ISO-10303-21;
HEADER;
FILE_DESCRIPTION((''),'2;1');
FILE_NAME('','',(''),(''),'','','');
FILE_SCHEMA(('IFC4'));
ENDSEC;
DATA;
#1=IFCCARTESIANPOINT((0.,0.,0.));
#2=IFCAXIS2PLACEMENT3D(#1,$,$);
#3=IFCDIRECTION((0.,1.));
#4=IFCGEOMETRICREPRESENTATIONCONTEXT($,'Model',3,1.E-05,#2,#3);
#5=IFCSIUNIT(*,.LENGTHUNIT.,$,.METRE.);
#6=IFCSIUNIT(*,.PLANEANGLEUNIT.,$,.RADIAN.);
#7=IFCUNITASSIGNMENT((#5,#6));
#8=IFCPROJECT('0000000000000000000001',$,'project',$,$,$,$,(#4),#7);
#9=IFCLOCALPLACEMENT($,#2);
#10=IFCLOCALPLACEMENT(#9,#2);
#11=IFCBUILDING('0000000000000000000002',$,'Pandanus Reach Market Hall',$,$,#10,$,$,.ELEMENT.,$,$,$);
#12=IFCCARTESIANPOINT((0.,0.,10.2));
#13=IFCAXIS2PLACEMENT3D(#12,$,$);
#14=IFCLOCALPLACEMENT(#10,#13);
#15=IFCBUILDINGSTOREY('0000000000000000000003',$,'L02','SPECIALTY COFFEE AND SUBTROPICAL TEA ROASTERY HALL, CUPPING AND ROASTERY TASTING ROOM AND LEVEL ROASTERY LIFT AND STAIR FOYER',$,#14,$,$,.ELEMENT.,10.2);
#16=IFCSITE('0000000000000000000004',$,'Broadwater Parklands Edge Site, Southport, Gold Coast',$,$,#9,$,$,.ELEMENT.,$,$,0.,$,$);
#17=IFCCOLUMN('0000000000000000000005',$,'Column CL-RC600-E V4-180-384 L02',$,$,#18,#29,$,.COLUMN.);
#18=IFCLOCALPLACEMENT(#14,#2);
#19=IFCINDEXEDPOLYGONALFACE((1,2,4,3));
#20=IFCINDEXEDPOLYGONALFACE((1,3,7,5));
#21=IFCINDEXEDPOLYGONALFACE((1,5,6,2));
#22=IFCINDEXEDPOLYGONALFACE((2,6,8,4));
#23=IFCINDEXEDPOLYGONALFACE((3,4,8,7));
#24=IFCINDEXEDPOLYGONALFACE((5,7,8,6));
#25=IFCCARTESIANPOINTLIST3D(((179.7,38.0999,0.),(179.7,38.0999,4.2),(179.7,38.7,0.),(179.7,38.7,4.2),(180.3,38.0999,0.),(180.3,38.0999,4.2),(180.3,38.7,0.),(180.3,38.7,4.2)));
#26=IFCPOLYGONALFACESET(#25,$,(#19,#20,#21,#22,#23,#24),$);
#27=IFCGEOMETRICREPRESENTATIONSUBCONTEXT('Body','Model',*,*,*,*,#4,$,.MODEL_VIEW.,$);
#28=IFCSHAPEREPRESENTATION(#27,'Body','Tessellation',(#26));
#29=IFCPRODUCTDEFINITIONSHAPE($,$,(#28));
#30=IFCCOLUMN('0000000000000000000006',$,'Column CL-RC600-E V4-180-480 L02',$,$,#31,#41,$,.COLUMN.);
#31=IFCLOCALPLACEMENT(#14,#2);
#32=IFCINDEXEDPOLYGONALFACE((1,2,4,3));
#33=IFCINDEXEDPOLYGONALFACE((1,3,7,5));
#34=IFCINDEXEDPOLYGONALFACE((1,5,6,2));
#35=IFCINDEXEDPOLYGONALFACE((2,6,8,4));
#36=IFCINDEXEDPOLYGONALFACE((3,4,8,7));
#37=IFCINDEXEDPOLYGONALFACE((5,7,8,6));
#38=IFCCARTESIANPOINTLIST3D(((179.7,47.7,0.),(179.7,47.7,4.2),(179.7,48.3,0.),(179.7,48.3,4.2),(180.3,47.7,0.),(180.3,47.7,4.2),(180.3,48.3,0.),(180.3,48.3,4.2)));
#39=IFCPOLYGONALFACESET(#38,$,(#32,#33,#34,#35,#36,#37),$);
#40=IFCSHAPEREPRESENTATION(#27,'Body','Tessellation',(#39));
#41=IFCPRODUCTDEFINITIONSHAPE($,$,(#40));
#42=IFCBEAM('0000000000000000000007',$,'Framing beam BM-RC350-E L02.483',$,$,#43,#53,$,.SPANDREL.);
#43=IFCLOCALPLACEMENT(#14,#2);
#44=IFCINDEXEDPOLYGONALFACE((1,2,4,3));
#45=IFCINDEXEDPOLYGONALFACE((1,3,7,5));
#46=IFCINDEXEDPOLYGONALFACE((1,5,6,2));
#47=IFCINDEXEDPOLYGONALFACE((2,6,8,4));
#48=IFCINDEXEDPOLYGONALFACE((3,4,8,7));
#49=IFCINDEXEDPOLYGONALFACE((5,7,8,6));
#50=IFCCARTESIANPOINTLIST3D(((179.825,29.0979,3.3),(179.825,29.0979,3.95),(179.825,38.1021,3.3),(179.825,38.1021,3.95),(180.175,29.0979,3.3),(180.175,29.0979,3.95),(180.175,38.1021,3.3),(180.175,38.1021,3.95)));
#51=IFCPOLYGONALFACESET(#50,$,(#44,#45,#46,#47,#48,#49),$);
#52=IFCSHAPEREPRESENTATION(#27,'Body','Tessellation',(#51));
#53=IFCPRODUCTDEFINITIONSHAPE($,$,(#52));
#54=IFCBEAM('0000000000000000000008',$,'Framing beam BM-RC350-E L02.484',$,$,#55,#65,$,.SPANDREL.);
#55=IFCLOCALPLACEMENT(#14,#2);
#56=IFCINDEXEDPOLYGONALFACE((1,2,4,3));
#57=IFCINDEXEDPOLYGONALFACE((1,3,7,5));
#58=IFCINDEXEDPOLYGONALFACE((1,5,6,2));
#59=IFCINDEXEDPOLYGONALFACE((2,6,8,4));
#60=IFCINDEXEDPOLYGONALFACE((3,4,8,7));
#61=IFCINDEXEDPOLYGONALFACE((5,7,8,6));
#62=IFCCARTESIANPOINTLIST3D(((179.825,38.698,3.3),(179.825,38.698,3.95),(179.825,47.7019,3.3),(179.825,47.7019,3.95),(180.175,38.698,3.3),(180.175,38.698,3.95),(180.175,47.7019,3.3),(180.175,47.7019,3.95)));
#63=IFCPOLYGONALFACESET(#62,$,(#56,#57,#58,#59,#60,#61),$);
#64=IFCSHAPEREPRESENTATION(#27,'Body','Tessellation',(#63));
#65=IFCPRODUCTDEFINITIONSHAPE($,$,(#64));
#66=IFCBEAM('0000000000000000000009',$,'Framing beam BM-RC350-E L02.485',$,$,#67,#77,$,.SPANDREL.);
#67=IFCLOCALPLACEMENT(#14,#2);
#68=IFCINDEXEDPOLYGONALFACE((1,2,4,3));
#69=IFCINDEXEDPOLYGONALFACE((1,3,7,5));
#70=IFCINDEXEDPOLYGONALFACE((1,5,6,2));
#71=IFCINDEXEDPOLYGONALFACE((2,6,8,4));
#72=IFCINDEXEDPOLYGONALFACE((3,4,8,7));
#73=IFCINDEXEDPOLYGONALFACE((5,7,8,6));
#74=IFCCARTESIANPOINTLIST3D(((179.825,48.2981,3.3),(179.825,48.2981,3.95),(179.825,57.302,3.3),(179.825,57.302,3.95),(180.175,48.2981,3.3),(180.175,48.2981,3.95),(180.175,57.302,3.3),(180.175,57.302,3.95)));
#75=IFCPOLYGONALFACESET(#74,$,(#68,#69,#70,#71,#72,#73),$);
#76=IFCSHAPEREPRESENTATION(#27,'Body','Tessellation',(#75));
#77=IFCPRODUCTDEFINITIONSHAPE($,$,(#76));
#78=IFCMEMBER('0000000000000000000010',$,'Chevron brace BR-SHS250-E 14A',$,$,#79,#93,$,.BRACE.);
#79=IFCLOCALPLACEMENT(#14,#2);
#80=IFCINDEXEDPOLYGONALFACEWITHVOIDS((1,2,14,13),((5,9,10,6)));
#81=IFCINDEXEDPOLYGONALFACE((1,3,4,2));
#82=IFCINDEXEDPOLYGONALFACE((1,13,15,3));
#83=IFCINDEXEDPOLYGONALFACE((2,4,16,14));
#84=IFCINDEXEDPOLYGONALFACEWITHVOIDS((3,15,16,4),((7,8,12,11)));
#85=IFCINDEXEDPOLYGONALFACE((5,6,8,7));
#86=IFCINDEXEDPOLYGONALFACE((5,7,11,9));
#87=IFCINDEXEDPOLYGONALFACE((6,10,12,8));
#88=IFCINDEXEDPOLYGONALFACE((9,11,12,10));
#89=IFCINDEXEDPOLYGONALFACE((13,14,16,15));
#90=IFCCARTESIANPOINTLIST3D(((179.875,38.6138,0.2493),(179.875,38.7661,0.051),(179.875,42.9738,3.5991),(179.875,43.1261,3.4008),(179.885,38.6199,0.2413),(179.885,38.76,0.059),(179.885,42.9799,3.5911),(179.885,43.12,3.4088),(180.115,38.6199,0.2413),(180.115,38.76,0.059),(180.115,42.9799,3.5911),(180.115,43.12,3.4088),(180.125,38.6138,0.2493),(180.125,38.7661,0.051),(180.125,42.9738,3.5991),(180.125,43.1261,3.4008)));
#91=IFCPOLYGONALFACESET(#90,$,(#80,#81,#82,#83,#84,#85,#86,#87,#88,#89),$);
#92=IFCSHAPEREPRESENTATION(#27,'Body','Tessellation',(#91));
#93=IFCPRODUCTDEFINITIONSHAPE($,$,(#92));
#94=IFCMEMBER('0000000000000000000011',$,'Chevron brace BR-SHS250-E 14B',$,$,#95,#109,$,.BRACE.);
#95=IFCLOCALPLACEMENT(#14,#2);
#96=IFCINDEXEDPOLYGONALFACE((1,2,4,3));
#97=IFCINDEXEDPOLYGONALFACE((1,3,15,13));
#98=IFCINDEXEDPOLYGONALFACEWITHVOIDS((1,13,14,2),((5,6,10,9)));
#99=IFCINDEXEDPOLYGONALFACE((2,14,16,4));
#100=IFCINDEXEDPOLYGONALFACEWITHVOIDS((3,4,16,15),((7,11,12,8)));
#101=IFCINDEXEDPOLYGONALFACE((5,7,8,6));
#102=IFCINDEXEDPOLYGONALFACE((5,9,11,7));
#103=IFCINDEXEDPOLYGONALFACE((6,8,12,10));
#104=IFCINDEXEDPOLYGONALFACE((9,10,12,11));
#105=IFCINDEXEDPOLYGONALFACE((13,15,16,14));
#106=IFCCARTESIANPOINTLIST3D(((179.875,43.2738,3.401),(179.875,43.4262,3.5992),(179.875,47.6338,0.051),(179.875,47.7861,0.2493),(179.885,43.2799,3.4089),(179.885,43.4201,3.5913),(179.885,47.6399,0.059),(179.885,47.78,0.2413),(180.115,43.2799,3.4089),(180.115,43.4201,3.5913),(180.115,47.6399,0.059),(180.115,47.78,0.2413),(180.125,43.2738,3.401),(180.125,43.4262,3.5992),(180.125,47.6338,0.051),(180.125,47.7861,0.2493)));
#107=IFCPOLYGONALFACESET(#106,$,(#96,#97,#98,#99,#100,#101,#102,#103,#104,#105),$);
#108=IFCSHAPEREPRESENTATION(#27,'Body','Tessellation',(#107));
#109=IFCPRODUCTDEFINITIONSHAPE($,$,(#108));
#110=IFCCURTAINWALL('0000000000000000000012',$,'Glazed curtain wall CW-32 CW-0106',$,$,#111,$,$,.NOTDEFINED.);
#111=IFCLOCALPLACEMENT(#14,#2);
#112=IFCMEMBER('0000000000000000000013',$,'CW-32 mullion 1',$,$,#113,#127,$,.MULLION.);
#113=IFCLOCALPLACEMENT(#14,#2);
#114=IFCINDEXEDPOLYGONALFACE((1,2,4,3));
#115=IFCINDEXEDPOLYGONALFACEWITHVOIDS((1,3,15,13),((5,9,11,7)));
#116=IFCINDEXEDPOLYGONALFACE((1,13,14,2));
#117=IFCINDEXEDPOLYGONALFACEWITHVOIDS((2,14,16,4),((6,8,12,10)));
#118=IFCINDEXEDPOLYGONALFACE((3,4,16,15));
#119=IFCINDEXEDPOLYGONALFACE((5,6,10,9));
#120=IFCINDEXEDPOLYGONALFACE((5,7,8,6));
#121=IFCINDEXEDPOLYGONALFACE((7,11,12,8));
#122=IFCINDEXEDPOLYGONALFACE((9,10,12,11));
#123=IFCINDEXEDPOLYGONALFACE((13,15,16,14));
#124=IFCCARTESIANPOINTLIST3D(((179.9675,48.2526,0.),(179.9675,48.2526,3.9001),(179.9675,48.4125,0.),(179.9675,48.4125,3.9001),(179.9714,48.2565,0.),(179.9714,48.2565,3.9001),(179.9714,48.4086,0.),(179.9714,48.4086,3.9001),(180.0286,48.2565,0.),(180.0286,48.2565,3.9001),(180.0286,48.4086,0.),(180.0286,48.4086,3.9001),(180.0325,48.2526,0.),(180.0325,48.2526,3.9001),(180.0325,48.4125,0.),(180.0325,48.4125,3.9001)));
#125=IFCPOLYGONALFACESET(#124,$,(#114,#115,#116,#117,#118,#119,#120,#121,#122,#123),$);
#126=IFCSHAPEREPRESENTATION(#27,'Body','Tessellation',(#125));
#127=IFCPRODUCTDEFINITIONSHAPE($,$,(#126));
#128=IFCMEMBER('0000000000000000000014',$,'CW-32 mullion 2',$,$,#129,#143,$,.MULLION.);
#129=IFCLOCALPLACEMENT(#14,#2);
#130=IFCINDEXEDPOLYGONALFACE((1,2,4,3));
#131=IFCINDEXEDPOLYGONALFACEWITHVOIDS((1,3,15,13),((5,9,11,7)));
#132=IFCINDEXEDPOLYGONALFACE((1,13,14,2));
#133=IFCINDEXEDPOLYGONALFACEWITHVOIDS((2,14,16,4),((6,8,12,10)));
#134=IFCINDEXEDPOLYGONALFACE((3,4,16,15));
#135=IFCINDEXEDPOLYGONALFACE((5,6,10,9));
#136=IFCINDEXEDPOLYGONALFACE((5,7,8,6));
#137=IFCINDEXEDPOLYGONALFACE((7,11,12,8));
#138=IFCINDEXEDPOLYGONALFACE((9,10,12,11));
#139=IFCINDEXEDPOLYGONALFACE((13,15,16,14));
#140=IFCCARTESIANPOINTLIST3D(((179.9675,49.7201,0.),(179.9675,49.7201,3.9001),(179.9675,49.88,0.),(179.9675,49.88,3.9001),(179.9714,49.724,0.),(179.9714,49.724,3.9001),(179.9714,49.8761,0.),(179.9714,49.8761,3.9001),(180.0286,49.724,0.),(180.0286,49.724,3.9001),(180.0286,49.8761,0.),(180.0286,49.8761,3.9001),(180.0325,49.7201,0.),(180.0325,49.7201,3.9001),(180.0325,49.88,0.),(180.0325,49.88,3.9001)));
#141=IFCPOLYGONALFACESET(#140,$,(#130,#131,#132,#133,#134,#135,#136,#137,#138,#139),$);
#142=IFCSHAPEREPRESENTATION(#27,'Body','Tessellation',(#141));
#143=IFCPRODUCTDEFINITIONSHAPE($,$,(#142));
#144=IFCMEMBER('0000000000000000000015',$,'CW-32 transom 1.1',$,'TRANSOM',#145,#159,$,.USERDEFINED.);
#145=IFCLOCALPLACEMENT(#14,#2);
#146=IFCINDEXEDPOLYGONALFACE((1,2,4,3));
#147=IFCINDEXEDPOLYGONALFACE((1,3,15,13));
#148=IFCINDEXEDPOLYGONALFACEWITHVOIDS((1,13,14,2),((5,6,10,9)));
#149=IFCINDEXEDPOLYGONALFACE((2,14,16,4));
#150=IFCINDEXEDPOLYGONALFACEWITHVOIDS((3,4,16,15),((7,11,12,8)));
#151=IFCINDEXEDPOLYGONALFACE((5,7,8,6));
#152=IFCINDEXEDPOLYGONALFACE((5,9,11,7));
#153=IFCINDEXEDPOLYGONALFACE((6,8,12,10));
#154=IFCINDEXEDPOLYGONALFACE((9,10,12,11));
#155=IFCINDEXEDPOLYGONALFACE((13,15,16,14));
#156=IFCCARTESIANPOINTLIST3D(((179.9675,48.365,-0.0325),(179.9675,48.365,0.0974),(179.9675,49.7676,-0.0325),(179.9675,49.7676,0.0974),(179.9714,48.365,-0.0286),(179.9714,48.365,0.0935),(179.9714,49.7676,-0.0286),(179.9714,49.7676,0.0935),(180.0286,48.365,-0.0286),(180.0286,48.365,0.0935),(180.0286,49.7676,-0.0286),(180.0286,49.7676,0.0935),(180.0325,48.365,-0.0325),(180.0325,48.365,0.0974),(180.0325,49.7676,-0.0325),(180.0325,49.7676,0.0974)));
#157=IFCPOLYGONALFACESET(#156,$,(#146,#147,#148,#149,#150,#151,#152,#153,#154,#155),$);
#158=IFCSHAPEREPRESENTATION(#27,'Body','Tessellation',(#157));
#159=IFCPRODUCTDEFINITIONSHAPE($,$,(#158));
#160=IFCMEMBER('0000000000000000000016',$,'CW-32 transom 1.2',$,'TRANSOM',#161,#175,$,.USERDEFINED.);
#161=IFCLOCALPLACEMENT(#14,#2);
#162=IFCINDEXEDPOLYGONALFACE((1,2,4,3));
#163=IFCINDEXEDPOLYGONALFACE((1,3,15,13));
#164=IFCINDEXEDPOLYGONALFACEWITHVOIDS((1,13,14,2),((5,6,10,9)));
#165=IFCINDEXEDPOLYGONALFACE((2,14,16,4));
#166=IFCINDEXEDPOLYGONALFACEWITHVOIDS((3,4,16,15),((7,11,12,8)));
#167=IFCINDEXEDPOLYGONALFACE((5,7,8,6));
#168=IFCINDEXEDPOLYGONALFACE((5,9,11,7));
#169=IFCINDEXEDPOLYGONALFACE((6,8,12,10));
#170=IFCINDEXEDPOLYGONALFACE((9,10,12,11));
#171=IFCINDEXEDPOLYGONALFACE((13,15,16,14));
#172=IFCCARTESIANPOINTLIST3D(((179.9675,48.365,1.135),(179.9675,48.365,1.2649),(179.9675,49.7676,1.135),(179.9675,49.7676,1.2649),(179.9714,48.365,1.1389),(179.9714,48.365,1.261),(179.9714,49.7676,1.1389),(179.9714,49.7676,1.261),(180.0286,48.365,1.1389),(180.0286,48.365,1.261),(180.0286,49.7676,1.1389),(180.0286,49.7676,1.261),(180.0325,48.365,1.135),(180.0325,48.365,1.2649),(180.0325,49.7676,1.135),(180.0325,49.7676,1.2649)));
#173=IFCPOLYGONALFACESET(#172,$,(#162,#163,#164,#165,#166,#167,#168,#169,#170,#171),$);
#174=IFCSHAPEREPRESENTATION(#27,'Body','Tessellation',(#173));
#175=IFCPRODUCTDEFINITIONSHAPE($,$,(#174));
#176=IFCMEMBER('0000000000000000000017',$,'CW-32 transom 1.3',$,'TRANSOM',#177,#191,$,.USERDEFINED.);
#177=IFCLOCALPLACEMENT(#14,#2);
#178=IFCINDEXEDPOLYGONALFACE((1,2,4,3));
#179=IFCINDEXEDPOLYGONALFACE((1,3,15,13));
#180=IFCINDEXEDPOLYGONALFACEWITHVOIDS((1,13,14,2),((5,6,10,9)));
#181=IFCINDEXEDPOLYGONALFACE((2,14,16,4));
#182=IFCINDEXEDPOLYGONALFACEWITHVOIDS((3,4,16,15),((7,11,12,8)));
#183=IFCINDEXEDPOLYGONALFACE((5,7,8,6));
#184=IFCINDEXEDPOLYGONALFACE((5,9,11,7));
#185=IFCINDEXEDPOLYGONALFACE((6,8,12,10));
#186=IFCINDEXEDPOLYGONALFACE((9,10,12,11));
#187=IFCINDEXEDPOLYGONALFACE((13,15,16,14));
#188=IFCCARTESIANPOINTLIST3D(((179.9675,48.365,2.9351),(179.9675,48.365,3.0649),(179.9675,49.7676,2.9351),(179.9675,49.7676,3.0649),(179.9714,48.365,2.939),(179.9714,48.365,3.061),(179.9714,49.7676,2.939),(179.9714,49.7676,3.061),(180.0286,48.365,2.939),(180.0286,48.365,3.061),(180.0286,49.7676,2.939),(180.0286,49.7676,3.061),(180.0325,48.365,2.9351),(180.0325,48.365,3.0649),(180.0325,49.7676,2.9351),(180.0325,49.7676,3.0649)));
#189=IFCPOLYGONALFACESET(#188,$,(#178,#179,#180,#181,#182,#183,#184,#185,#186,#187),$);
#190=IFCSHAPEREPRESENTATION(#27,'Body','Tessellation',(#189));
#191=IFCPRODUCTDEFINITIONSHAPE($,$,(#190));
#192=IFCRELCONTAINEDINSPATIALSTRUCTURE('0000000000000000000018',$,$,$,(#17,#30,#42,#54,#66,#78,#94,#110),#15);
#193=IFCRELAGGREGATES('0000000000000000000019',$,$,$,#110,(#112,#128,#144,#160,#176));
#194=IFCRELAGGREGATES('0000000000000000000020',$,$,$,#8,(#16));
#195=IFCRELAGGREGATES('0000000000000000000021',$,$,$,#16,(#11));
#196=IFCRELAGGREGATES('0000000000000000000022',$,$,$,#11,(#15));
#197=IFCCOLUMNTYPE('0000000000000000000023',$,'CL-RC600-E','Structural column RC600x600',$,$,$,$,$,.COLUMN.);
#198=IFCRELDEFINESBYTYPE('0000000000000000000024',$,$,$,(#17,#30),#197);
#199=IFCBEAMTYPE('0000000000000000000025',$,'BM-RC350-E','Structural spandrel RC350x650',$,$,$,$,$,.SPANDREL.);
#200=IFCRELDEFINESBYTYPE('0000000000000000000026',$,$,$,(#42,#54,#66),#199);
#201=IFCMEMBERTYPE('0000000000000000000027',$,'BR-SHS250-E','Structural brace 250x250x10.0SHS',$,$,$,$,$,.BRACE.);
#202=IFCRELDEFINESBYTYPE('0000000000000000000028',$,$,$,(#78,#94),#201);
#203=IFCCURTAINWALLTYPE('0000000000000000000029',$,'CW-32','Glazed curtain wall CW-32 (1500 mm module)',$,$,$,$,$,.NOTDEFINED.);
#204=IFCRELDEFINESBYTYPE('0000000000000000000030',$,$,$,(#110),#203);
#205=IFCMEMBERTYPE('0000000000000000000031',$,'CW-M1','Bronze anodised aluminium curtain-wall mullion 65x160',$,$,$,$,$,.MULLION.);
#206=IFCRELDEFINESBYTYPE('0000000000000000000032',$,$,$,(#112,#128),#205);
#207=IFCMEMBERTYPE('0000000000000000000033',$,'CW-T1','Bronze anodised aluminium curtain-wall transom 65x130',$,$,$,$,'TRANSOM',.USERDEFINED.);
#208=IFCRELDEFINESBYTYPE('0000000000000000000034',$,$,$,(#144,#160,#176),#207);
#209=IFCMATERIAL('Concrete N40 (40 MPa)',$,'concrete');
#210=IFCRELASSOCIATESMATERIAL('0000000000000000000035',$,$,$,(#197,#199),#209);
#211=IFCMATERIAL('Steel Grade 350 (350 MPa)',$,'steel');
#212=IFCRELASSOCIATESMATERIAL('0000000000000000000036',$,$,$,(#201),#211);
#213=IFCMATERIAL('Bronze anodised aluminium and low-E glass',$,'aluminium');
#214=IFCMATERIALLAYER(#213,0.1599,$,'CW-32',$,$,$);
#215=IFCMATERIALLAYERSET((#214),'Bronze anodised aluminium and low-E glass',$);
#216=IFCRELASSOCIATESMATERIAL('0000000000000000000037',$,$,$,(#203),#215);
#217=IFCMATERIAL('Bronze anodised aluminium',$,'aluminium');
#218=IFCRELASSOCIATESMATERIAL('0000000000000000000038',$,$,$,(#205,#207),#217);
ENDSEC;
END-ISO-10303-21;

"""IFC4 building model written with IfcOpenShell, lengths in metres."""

from ifc_helpers import new_model, si_unit, direction, frame, origin, origin_2d, place, context, subcontext, project, spatial, rectangle, hollow_rectangle, extrude, material, layer, layer_set, material_profile, profile_set, type_object, element, aggregate, save


model = new_model("IFC4")

# Units and contexts
model_context = context("Model", 3, precision=1e-05, world=origin(), true_north=direction((0.0, 1.0)))
body_context = subcontext(model_context, "Body", "Model", "MODEL_VIEW")
ifc_project = project(units=[si_unit("LENGTHUNIT", "METRE"), si_unit("PLANEANGLEUNIT", "RADIAN")], contexts=[model_context])

# Site, building, storey
site_placement = place(None, origin())
site = spatial("IfcSite", under=ifc_project, at=site_placement, Name="Broadwater Parklands Edge Site, Southport, Gold Coast", CompositionType="ELEMENT", RefElevation=0.0)
building_placement = place(site_placement, origin())
building = spatial("IfcBuilding", under=site, at=building_placement, Name="Pandanus Reach Market Hall", CompositionType="ELEMENT")
storey_placement = place(building_placement, frame((0.0, 0.0, 10.2)))
storey = spatial("IfcBuildingStorey", under=building, at=storey_placement, Name="L02", Description="SPECIALTY COFFEE AND SUBTROPICAL TEA ROASTERY HALL, CUPPING AND ROASTERY TASTING ROOM AND LEVEL ROASTERY LIFT AND STAIR FOYER", CompositionType="ELEMENT", Elevation=10.2)

# Columns
ifc_material_1 = material(Name="Concrete N40 (40 MPa)", Category="concrete")
ifc_material_profile_1 = material_profile(ifc_material_1, rectangle(XDim=0.6001, YDim=0.6001, at=origin_2d()), Name="RC600x600", Category="LoadBearing")
ifc_profile_set_1 = profile_set([ifc_material_profile_1], Name="Concrete N40 (40 MPa)")
column_type = type_object("IfcColumnType", Name="CL-RC600-E", Description="Structural column RC600x600", PredefinedType="COLUMN", material=ifc_profile_set_1)
for number, where, z_axis, x_axis, name in (
    (1, (180.0, 38.3999, 0.0), (0.0, 0.0, 1.0), (1.0, 0.0, 0.0), "Column CL-RC600-E V4-180-384 L02"),
    (2, (180.0, 48.0, 0.0), (0.0, 0.0, 1.0), (1.0, 0.0, 0.0), "Column CL-RC600-E V4-180-480 L02"),
):
    element("IfcColumn", number, at=place(storey_placement, frame(where, z_axis=z_axis, x_axis=x_axis)), inside=storey, type_object=column_type, Name=name, PredefinedType="COLUMN", context=body_context, shape_type="SweptSolid", body=[
        extrude(rectangle(XDim=0.6001, YDim=0.6001, at=origin_2d()), origin(), (0.0, 0.0, 1.0), 4.2),
    ])

# Beams
ifc_material_profile_2 = material_profile(ifc_material_1, rectangle(XDim=0.3501, YDim=0.6499, at=origin_2d()), Name="RC350x650", Category="LoadBearing")
ifc_profile_set_2 = profile_set([ifc_material_profile_2], Name="Concrete N40 (40 MPa)")
beam_type = type_object("IfcBeamType", Name="BM-RC350-E", Description="Structural spandrel RC350x650", PredefinedType="SPANDREL", material=ifc_profile_set_2)
beam_placement = place(storey_placement, frame((180.0, 29.0979, 3.625), z_axis=(0.0, 1.0, 0.0), x_axis=(-1.0, 0.0, 0.0)))
element("IfcBeam", 3, at=beam_placement, inside=storey, type_object=beam_type, Name="Framing beam BM-RC350-E L02.483", PredefinedType="SPANDREL", context=body_context, shape_type="SweptSolid", body=[
    extrude(rectangle(XDim=0.3501, YDim=0.6499, at=origin_2d()), origin(), (0.0, 0.0, 1.0), 9.0042),
])
for number, where, z_axis, x_axis, name in (
    (4, (180.0, 38.698, 3.625), (0.0, 1.0, 0.0), (-1.0, 0.0, 0.0), "Framing beam BM-RC350-E L02.484"),
    (5, (180.0, 48.2981, 3.625), (0.0, 1.0, 0.0), (-1.0, 0.0, 0.0), "Framing beam BM-RC350-E L02.485"),
):
    element("IfcBeam", number, at=place(storey_placement, frame(where, z_axis=z_axis, x_axis=x_axis)), inside=storey, type_object=beam_type, Name=name, PredefinedType="SPANDREL", context=body_context, shape_type="SweptSolid", body=[
        extrude(rectangle(XDim=0.3501, YDim=0.6499, at=origin_2d()), origin(), (0.0, 0.0, 1.0), 9.0039),
    ])

# Members
ifc_material_2 = material(Name="Steel Grade 350 (350 MPa)", Category="steel")
ifc_material_profile_3 = material_profile(ifc_material_2, hollow_rectangle(XDim=0.25, YDim=0.25, WallThickness=0.01, at=origin_2d()), Name="250x250x10.0SHS", Category="LoadBearing")
ifc_profile_set_3 = profile_set([ifc_material_profile_3], Name="Steel Grade 350 (350 MPa)")
member_type_1 = type_object("IfcMemberType", Name="BR-SHS250-E", Description="Structural brace 250x250x10.0SHS", PredefinedType="BRACE", material=ifc_profile_set_3)
for number, where, z_axis, x_axis, name in (
    (6, (180.0, 38.6899, 0.1501), (0.0, 0.792982, 0.609245), (-1.0, 0.0, 0.0), "Chevron brace BR-SHS250-E 14A"),
    (7, (180.0, 47.71, 0.1501), (0.0, -0.792966, 0.609266), (1.0, 0.0, 0.0), "Chevron brace BR-SHS250-E 14B"),
):
    element("IfcMember", number, at=place(storey_placement, frame(where, z_axis=z_axis, x_axis=x_axis)), inside=storey, type_object=member_type_1, Name=name, PredefinedType="BRACE", context=body_context, shape_type="SweptSolid", body=[
        extrude(hollow_rectangle(XDim=0.25, YDim=0.25, WallThickness=0.01, at=origin_2d()), origin(), (0.0, 0.0, 1.0), 5.4983),
    ])

# Curtain wall, members
ifc_material_3 = material(Name="Bronze anodised aluminium and low-E glass", Category="aluminium")
ifc_layer_1 = layer(ifc_material_3, 0.1599, Name="CW-32")
ifc_layer_set_1 = layer_set([ifc_layer_1], Name="Bronze anodised aluminium and low-E glass")
curtain_wall_type = type_object("IfcCurtainWallType", Name="CW-32", Description="Glazed curtain wall CW-32 (1500 mm module)", PredefinedType="NOTDEFINED", material=ifc_layer_set_1)
curtain_wall_placement = place(storey_placement, origin())
curtain_wall = element("IfcCurtainWall", 8, at=curtain_wall_placement, inside=storey, type_object=curtain_wall_type, Name="Glazed curtain wall CW-32 CW-0106", PredefinedType="NOTDEFINED")
ifc_material_4 = material(Name="Bronze anodised aluminium", Category="aluminium")
ifc_material_profile_4 = material_profile(ifc_material_4, hollow_rectangle(XDim=0.0649, YDim=0.1599, WallThickness=0.0039, at=origin_2d()), Name="ALU65x160", Category="LoadBearing")
ifc_profile_set_4 = profile_set([ifc_material_profile_4], Name="Bronze anodised aluminium")
member_type_2 = type_object("IfcMemberType", Name="CW-M1", Description="Bronze anodised aluminium curtain-wall mullion 65x160", PredefinedType="MULLION", material=ifc_profile_set_4)
member_1_placement = place(storey_placement, frame((180.0, 48.3325, 0.0), z_axis=(0.0, 0.0, 1.0), x_axis=(-1.0, 0.0, 0.0)))
member_1 = element("IfcMember", 9, at=member_1_placement, type_object=member_type_2, Name="CW-32 mullion 1", PredefinedType="MULLION", context=body_context, shape_type="SweptSolid", body=[
    extrude(hollow_rectangle(XDim=0.0649, YDim=0.1599, WallThickness=0.0039, at=origin_2d()), origin(), (0.0, 0.0, 1.0), 3.9001),
])
member_2_placement = place(storey_placement, frame((180.0, 49.8, 0.0), z_axis=(0.0, 0.0, 1.0), x_axis=(-1.0, 0.0, 0.0)))
member_2 = element("IfcMember", 10, at=member_2_placement, type_object=member_type_2, Name="CW-32 mullion 2", PredefinedType="MULLION", context=body_context, shape_type="SweptSolid", body=[
    extrude(hollow_rectangle(XDim=0.0649, YDim=0.1599, WallThickness=0.0039, at=origin_2d()), origin(), (0.0, 0.0, 1.0), 3.9001),
])
ifc_material_profile_5 = material_profile(ifc_material_4, hollow_rectangle(XDim=0.0649, YDim=0.1299, WallThickness=0.0039, at=origin_2d()), Name="ALU65x130", Category="LoadBearing")
ifc_profile_set_5 = profile_set([ifc_material_profile_5], Name="Bronze anodised aluminium")
member_type_3 = type_object("IfcMemberType", Name="CW-T1", Description="Bronze anodised aluminium curtain-wall transom 65x130", ElementType="TRANSOM", PredefinedType="USERDEFINED", material=ifc_profile_set_5)
member_3_placement = place(storey_placement, frame((180.0, 48.365, 0.0325), z_axis=(0.0, 1.0, 0.0), x_axis=(-1.0, 0.0, 0.0)))
member_3 = element("IfcMember", 11, at=member_3_placement, type_object=member_type_3, Name="CW-32 transom 1.1", ObjectType="TRANSOM", PredefinedType="USERDEFINED", context=body_context, shape_type="SweptSolid", body=[
    extrude(hollow_rectangle(XDim=0.0649, YDim=0.1299, WallThickness=0.0039, at=origin_2d()), origin(), (0.0, 0.0, 1.0), 1.4026),
])
member_4_placement = place(storey_placement, frame((180.0, 48.365, 1.2), z_axis=(0.0, 1.0, 0.0), x_axis=(-1.0, 0.0, 0.0)))
member_4 = element("IfcMember", 12, at=member_4_placement, type_object=member_type_3, Name="CW-32 transom 1.2", ObjectType="TRANSOM", PredefinedType="USERDEFINED", context=body_context, shape_type="SweptSolid", body=[
    extrude(hollow_rectangle(XDim=0.0649, YDim=0.1299, WallThickness=0.0039, at=origin_2d()), origin(), (0.0, 0.0, 1.0), 1.4026),
])
member_5_placement = place(storey_placement, frame((180.0, 48.365, 3.0), z_axis=(0.0, 1.0, 0.0), x_axis=(-1.0, 0.0, 0.0)))
member_5 = element("IfcMember", 13, at=member_5_placement, type_object=member_type_3, Name="CW-32 transom 1.3", ObjectType="TRANSOM", PredefinedType="USERDEFINED", context=body_context, shape_type="SweptSolid", body=[
    extrude(hollow_rectangle(XDim=0.0649, YDim=0.1299, WallThickness=0.0039, at=origin_2d()), origin(), (0.0, 0.0, 1.0), 1.4026),
])
aggregate(curtain_wall, [member_1, member_2, member_3, member_4, member_5])

save(model, "model.ifc")
